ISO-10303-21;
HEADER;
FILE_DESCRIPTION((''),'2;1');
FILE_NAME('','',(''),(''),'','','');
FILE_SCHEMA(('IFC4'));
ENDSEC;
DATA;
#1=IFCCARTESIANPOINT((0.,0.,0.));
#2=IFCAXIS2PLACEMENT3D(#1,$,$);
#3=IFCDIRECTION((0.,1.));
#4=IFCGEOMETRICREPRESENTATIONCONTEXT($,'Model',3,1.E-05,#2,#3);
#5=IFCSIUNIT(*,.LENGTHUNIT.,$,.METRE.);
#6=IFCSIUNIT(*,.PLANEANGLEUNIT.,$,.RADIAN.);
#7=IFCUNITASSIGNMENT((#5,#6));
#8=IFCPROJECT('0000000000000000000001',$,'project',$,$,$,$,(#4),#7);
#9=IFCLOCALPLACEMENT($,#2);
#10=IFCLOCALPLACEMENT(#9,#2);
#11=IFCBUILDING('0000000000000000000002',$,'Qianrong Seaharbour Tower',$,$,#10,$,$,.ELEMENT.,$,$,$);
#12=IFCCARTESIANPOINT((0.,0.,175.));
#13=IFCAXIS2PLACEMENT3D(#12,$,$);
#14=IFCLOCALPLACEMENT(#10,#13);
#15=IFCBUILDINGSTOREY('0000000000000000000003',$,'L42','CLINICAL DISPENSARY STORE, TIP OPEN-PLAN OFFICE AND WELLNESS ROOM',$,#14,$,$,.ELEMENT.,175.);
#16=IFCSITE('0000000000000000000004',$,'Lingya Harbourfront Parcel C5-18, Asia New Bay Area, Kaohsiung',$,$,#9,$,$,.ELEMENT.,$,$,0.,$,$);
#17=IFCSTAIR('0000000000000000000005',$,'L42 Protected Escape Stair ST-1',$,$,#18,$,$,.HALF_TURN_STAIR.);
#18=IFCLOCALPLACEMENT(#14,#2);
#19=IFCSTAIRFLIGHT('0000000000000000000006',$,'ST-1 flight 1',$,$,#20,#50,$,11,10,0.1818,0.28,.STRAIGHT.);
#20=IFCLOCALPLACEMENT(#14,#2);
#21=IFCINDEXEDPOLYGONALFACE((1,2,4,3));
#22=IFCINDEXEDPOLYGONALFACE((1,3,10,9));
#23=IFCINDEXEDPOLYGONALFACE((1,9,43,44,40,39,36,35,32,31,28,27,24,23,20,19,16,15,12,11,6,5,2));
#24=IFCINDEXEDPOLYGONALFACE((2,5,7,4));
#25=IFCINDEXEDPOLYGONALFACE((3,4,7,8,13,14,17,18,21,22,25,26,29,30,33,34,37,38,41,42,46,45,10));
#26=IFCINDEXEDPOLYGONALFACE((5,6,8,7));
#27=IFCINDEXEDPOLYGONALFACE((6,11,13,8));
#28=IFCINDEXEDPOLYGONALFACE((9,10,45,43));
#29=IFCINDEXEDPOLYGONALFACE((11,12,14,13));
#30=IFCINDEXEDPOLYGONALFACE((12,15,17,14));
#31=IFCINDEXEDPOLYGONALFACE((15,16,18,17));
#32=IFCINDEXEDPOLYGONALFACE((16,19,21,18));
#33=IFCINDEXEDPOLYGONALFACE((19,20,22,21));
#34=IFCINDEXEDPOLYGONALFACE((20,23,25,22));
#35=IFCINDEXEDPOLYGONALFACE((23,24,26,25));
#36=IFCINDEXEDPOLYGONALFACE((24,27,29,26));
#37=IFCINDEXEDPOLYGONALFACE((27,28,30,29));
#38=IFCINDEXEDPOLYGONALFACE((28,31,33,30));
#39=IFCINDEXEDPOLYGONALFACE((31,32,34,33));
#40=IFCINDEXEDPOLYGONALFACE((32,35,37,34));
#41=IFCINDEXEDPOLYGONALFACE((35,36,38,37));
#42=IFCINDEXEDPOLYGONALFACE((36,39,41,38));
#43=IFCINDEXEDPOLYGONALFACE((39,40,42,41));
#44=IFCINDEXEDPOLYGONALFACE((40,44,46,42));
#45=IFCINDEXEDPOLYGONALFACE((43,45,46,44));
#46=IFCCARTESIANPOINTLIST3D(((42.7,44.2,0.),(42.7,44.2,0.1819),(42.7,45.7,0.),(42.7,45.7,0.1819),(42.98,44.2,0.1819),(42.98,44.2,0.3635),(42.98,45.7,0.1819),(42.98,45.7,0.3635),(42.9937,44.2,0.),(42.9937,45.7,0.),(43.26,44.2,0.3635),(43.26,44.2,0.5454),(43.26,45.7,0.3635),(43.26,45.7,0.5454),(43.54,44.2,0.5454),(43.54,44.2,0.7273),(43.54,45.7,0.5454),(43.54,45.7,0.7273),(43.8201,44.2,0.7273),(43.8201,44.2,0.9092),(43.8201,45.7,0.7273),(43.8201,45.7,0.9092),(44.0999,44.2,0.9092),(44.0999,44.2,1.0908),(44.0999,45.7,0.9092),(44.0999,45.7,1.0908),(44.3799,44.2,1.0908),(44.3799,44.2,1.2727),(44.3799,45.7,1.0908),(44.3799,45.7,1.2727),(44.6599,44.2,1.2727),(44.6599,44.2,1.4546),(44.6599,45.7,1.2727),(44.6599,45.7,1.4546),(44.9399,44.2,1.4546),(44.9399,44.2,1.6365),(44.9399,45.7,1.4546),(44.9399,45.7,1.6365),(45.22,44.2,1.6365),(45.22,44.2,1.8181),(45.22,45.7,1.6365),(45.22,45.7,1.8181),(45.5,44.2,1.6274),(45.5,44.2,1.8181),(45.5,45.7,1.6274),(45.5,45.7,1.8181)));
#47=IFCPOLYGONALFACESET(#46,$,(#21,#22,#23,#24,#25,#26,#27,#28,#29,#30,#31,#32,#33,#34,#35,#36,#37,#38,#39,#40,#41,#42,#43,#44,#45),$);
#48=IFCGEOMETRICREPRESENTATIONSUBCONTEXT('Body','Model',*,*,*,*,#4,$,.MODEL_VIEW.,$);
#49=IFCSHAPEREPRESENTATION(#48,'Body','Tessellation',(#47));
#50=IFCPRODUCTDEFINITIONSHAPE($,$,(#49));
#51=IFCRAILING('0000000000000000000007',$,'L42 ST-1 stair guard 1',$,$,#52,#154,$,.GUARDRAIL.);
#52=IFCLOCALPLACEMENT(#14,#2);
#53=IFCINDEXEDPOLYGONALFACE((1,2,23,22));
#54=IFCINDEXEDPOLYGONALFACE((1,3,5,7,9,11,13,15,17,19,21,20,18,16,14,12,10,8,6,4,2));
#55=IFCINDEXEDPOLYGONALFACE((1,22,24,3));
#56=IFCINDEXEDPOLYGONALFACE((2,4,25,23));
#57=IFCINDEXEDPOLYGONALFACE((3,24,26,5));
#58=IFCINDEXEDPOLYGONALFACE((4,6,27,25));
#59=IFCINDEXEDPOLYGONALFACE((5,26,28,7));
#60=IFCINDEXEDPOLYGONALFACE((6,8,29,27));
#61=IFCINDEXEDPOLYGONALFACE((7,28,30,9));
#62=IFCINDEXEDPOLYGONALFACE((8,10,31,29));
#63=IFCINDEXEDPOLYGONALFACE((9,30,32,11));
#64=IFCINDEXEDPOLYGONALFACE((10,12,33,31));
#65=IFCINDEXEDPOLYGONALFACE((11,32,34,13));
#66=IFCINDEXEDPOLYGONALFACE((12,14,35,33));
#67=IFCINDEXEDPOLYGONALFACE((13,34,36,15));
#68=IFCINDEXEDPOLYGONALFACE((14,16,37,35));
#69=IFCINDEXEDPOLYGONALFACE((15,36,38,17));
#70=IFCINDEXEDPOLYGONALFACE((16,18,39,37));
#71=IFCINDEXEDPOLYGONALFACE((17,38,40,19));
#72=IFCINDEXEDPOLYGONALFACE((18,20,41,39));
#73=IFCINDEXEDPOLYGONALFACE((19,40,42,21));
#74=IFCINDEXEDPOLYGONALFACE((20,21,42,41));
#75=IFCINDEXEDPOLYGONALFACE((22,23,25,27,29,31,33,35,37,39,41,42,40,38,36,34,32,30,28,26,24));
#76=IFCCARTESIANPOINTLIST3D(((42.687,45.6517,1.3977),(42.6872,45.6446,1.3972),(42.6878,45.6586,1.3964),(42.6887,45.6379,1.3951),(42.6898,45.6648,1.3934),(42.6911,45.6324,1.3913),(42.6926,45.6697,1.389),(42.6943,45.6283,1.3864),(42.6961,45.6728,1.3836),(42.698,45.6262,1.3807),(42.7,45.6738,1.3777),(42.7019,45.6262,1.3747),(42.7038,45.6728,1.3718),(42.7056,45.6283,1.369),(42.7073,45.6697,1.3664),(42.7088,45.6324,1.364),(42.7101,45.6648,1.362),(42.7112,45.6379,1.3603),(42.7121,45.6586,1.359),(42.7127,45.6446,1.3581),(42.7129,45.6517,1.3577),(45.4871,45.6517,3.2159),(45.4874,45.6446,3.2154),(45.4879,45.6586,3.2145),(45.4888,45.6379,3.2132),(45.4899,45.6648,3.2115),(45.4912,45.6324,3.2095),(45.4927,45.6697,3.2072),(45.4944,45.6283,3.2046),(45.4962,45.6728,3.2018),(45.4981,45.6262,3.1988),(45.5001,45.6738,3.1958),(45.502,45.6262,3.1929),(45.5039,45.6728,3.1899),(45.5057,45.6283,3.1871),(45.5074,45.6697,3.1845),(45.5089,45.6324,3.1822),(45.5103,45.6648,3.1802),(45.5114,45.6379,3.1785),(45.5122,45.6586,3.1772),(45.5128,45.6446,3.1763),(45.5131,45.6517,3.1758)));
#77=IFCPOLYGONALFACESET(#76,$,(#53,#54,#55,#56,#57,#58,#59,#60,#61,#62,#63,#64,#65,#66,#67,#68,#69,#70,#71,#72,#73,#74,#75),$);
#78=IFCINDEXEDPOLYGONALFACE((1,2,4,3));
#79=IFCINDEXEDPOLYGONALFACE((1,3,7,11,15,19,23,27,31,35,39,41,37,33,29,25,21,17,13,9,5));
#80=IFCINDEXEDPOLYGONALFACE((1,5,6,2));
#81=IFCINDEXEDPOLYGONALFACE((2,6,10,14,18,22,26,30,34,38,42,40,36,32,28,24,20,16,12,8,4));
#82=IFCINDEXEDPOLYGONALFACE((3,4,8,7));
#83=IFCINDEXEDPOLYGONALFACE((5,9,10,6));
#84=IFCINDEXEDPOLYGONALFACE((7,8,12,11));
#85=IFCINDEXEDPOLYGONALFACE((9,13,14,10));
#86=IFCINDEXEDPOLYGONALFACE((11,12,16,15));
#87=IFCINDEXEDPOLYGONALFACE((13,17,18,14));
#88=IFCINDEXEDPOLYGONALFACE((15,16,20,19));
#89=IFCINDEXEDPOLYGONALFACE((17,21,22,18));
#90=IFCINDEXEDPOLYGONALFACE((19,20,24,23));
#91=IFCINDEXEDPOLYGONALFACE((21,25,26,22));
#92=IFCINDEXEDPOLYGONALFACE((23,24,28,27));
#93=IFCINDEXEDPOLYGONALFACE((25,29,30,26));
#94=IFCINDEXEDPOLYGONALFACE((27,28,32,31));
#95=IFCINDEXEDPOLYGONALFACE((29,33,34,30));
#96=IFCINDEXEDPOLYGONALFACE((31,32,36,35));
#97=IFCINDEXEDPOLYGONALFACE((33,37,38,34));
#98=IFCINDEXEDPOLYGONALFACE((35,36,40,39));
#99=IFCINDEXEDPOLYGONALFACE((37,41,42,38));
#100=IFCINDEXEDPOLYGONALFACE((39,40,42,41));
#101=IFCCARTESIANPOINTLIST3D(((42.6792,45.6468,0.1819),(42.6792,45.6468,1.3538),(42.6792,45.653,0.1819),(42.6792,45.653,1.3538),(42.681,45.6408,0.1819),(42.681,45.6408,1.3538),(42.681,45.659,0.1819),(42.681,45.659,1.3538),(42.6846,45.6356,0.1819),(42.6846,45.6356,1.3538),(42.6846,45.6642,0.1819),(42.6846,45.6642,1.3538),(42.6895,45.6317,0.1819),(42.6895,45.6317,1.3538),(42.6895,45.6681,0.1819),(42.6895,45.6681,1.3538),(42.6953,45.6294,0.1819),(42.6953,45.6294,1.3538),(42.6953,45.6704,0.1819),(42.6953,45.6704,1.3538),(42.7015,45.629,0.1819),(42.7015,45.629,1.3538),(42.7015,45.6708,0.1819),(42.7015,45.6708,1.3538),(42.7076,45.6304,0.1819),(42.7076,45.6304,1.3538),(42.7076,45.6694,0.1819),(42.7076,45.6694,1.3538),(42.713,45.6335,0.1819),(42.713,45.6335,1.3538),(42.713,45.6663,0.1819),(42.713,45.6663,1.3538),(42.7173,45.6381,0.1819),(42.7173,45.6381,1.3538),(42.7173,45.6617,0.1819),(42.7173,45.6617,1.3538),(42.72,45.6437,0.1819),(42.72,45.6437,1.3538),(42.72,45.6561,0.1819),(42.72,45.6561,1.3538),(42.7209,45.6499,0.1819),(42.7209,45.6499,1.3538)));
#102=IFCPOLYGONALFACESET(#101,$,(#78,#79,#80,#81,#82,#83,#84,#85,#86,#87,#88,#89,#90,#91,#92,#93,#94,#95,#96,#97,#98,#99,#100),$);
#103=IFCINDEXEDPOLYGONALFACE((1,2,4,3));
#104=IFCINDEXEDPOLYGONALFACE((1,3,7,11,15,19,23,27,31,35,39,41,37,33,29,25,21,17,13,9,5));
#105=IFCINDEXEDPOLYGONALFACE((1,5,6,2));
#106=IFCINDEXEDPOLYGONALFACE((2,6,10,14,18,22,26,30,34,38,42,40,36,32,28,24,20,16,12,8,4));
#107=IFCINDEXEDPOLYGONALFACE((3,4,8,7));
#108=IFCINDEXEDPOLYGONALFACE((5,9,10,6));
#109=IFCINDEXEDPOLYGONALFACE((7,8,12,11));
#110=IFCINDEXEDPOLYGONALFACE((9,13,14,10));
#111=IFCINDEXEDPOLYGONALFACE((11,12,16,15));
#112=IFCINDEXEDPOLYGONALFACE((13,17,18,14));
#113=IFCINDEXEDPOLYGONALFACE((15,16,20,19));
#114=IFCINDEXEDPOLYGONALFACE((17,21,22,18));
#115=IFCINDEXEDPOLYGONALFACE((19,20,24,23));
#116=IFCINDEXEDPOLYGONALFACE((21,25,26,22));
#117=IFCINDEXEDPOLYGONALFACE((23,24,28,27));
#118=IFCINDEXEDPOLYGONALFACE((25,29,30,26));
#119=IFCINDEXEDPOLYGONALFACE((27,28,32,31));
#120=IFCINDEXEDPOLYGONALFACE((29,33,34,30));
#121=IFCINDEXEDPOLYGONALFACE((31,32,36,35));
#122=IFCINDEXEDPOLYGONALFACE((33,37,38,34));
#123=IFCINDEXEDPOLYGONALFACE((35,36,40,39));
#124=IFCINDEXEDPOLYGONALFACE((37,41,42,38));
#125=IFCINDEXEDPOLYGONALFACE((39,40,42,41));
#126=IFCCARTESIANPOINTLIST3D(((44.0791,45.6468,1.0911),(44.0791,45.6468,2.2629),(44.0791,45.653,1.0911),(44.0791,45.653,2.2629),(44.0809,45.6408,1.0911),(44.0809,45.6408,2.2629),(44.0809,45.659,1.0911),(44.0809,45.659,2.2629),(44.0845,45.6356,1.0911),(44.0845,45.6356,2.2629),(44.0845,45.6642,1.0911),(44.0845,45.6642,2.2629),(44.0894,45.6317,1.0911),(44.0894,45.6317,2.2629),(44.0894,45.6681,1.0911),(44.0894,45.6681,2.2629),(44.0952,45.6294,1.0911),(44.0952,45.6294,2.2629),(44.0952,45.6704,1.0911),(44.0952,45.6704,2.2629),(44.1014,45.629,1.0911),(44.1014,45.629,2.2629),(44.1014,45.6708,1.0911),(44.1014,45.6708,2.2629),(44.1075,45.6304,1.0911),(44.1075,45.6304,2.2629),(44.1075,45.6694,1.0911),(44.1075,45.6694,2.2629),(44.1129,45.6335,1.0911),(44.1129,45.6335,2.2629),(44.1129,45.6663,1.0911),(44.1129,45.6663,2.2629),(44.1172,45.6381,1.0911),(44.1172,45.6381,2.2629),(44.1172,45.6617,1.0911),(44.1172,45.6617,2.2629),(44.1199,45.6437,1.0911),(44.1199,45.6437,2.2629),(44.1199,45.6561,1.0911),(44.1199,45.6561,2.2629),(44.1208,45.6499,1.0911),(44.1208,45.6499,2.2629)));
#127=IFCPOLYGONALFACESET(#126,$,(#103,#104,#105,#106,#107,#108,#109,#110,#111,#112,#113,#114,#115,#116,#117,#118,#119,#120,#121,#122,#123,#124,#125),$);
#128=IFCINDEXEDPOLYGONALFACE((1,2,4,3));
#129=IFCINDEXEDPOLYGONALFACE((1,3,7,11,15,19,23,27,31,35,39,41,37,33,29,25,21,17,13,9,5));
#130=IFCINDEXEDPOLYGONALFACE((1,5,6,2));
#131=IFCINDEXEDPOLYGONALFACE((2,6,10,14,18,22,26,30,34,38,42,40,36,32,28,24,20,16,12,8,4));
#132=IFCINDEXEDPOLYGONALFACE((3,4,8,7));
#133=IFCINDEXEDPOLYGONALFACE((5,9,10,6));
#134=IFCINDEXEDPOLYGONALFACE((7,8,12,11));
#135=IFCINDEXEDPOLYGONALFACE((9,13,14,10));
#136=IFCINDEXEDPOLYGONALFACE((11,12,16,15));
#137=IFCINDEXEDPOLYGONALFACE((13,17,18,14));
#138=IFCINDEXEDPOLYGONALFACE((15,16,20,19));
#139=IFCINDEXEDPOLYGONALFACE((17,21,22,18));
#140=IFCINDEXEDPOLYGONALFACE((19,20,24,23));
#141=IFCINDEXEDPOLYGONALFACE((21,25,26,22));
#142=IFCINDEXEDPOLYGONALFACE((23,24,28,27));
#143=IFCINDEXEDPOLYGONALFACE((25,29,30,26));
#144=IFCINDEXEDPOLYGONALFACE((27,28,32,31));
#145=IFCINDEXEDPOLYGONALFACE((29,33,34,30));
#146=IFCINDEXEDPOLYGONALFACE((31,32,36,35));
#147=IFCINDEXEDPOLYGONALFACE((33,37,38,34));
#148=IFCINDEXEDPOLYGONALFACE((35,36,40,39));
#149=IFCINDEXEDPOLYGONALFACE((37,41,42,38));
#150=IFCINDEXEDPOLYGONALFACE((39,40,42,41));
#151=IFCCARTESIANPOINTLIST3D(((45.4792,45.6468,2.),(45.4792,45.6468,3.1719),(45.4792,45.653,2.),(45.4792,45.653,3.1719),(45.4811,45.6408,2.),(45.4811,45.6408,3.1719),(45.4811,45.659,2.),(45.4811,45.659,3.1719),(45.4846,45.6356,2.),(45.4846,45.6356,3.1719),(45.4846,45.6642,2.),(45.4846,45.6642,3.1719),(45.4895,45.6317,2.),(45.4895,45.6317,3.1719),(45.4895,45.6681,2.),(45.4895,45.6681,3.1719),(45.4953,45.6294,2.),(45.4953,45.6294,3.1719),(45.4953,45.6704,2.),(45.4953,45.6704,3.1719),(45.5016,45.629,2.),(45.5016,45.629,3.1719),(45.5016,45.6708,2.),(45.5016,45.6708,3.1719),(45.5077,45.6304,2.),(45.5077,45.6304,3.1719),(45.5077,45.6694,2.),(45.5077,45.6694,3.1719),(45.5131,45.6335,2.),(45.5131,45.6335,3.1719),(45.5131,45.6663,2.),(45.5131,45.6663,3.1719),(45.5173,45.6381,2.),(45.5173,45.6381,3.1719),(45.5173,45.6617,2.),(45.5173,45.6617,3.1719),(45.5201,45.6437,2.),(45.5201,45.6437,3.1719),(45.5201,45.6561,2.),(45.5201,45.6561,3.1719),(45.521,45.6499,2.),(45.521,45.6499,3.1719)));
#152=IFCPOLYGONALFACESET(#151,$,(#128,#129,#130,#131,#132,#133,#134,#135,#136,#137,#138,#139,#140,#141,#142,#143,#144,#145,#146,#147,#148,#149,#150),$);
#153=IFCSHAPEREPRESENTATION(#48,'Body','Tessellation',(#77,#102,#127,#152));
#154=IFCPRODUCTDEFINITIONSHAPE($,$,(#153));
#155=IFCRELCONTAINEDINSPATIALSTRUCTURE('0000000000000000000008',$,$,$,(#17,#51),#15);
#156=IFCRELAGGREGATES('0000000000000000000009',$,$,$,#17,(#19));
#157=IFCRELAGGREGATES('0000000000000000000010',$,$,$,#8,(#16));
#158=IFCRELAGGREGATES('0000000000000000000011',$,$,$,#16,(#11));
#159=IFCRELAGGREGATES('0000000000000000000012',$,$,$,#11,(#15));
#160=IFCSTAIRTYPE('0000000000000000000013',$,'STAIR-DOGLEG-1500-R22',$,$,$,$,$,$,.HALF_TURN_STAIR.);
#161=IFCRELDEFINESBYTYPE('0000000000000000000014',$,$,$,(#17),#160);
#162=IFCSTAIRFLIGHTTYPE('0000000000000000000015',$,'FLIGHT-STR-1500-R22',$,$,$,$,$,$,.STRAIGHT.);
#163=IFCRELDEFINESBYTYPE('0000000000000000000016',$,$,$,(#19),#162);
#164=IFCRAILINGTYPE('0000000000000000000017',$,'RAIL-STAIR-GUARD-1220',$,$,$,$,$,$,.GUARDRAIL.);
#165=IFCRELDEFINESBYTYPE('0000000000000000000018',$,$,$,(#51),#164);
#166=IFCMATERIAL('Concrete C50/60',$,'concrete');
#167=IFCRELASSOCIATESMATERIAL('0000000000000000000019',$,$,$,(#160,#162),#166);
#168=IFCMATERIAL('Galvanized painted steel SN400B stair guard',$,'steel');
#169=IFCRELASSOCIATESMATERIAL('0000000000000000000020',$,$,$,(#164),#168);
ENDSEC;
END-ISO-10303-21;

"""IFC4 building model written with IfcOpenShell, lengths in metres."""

from ifc_helpers import new_model, si_unit, direction, frame, origin, origin_2d, place, context, subcontext, project, spatial, polyline, circle, outline, extrude, material, type_object, element, aggregate, save


model = new_model("IFC4")

# Units and contexts
model_context = context("Model", 3, precision=1e-05, world=origin(), true_north=direction((0.0, 1.0)))
body_context = subcontext(model_context, "Body", "Model", "MODEL_VIEW")
ifc_project = project(units=[si_unit("LENGTHUNIT", "METRE"), si_unit("PLANEANGLEUNIT", "RADIAN")], contexts=[model_context])

# Site, building, storey
site_placement = place(None, origin())
site = spatial("IfcSite", under=ifc_project, at=site_placement, Name="Lingya Harbourfront Parcel C5-18, Asia New Bay Area, Kaohsiung", CompositionType="ELEMENT", RefElevation=0.0)
building_placement = place(site_placement, origin())
building = spatial("IfcBuilding", under=site, at=building_placement, Name="Qianrong Seaharbour Tower", CompositionType="ELEMENT")
storey_placement = place(building_placement, frame((0.0, 0.0, 175.0)))
storey = spatial("IfcBuildingStorey", under=building, at=storey_placement, Name="L42", Description="CLINICAL DISPENSARY STORE, TIP OPEN-PLAN OFFICE AND WELLNESS ROOM", CompositionType="ELEMENT", Elevation=175.0)

# Shared definitions
ifc_material_1 = material(Name="Concrete C50/60", Category="concrete")

# Stair, stair flight
stair_type = type_object("IfcStairType", Name="STAIR-DOGLEG-1500-R22", PredefinedType="HALF_TURN_STAIR", material=ifc_material_1)
stair_placement = place(storey_placement, origin())
stair = element("IfcStair", 1, at=stair_placement, inside=storey, type_object=stair_type, Name="L42 Protected Escape Stair ST-1", PredefinedType="HALF_TURN_STAIR")
stair_flight_type = type_object("IfcStairFlightType", Name="FLIGHT-STR-1500-R22", PredefinedType="STRAIGHT", material=ifc_material_1)
stair_flight_placement = place(storey_placement, frame((42.7, 44.95, 0.0), z_axis=(0.0, 0.0, 1.0), x_axis=(1.0, 0.0, 0.0)))
stair_flight = element("IfcStairFlight", 2, at=stair_flight_placement, type_object=stair_flight_type, Name="ST-1 flight 1", NumberOfRisers=11, NumberOfTreads=10, PredefinedType="STRAIGHT", RiserHeight=0.1818, TreadLength=0.28, context=body_context, shape_type="SweptSolid", body=[
    extrude(outline(polyline([(0.0, 0.0), (0.0, 0.1819), (0.28, 0.1819), (0.28, 0.3635), (0.5601, 0.3635), (0.5601, 0.5454), (0.8401, 0.5454), (0.8401, 0.7273), (1.1201, 0.7273), (1.1201, 0.9092), (1.3999, 0.9092), (1.3999, 1.0908), (1.6799, 1.0908), (1.6799, 1.2727), (1.96, 1.2727), (1.96, 1.4546), (2.24, 1.4546), (2.24, 1.6365), (2.52, 1.6365), (2.52, 1.8181), (2.8, 1.8181), (2.8, 2.0), (2.8, 1.6274), (0.2937, 0.0), (0.0, 0.0)])), frame((0.0, 0.75, 0.0), z_axis=(0.0, -1.0, 0.0), x_axis=(1.0, 0.0, 0.0)), (0.0, 0.0, 1.0), 1.5),
])
aggregate(stair, [stair_flight])

# Railing
ifc_material_2 = material(Name="Galvanized painted steel SN400B stair guard", Category="steel")
railing_type_1 = type_object("IfcRailingType", Name="RAIL-STAIR-GUARD-1220", PredefinedType="GUARDRAIL", material=ifc_material_2)
railing_1_placement = place(storey_placement, frame((42.7, 45.6499, 0.1819)))
element("IfcRailing", 3, at=railing_1_placement, inside=storey, type_object=railing_type_1, Name="L42 ST-1 stair guard 1", PredefinedType="GUARDRAIL", context=body_context, shape_type="SweptSolid", body=[
    extrude(circle(Radius=0.0239, at=origin_2d()), frame((0.0, 0.0, 1.1958), z_axis=(0.838706, 0.0, 0.544585), x_axis=(0.0, 1.0, 0.0)), (0.0, 0.0, 1.0), 3.3386),
    extrude(circle(Radius=0.021, at=origin_2d()), origin(), (0.0, 0.0, 1.0), 1.1719),
    extrude(circle(Radius=0.021, at=origin_2d()), frame((1.3999, 0.0, 0.9092)), (0.0, 0.0, 1.0), 1.1719),
    extrude(circle(Radius=0.021, at=origin_2d()), frame((2.8, 0.0, 1.8181)), (0.0, 0.0, 1.0), 1.1719),
])

save(model, "model.ifc")
